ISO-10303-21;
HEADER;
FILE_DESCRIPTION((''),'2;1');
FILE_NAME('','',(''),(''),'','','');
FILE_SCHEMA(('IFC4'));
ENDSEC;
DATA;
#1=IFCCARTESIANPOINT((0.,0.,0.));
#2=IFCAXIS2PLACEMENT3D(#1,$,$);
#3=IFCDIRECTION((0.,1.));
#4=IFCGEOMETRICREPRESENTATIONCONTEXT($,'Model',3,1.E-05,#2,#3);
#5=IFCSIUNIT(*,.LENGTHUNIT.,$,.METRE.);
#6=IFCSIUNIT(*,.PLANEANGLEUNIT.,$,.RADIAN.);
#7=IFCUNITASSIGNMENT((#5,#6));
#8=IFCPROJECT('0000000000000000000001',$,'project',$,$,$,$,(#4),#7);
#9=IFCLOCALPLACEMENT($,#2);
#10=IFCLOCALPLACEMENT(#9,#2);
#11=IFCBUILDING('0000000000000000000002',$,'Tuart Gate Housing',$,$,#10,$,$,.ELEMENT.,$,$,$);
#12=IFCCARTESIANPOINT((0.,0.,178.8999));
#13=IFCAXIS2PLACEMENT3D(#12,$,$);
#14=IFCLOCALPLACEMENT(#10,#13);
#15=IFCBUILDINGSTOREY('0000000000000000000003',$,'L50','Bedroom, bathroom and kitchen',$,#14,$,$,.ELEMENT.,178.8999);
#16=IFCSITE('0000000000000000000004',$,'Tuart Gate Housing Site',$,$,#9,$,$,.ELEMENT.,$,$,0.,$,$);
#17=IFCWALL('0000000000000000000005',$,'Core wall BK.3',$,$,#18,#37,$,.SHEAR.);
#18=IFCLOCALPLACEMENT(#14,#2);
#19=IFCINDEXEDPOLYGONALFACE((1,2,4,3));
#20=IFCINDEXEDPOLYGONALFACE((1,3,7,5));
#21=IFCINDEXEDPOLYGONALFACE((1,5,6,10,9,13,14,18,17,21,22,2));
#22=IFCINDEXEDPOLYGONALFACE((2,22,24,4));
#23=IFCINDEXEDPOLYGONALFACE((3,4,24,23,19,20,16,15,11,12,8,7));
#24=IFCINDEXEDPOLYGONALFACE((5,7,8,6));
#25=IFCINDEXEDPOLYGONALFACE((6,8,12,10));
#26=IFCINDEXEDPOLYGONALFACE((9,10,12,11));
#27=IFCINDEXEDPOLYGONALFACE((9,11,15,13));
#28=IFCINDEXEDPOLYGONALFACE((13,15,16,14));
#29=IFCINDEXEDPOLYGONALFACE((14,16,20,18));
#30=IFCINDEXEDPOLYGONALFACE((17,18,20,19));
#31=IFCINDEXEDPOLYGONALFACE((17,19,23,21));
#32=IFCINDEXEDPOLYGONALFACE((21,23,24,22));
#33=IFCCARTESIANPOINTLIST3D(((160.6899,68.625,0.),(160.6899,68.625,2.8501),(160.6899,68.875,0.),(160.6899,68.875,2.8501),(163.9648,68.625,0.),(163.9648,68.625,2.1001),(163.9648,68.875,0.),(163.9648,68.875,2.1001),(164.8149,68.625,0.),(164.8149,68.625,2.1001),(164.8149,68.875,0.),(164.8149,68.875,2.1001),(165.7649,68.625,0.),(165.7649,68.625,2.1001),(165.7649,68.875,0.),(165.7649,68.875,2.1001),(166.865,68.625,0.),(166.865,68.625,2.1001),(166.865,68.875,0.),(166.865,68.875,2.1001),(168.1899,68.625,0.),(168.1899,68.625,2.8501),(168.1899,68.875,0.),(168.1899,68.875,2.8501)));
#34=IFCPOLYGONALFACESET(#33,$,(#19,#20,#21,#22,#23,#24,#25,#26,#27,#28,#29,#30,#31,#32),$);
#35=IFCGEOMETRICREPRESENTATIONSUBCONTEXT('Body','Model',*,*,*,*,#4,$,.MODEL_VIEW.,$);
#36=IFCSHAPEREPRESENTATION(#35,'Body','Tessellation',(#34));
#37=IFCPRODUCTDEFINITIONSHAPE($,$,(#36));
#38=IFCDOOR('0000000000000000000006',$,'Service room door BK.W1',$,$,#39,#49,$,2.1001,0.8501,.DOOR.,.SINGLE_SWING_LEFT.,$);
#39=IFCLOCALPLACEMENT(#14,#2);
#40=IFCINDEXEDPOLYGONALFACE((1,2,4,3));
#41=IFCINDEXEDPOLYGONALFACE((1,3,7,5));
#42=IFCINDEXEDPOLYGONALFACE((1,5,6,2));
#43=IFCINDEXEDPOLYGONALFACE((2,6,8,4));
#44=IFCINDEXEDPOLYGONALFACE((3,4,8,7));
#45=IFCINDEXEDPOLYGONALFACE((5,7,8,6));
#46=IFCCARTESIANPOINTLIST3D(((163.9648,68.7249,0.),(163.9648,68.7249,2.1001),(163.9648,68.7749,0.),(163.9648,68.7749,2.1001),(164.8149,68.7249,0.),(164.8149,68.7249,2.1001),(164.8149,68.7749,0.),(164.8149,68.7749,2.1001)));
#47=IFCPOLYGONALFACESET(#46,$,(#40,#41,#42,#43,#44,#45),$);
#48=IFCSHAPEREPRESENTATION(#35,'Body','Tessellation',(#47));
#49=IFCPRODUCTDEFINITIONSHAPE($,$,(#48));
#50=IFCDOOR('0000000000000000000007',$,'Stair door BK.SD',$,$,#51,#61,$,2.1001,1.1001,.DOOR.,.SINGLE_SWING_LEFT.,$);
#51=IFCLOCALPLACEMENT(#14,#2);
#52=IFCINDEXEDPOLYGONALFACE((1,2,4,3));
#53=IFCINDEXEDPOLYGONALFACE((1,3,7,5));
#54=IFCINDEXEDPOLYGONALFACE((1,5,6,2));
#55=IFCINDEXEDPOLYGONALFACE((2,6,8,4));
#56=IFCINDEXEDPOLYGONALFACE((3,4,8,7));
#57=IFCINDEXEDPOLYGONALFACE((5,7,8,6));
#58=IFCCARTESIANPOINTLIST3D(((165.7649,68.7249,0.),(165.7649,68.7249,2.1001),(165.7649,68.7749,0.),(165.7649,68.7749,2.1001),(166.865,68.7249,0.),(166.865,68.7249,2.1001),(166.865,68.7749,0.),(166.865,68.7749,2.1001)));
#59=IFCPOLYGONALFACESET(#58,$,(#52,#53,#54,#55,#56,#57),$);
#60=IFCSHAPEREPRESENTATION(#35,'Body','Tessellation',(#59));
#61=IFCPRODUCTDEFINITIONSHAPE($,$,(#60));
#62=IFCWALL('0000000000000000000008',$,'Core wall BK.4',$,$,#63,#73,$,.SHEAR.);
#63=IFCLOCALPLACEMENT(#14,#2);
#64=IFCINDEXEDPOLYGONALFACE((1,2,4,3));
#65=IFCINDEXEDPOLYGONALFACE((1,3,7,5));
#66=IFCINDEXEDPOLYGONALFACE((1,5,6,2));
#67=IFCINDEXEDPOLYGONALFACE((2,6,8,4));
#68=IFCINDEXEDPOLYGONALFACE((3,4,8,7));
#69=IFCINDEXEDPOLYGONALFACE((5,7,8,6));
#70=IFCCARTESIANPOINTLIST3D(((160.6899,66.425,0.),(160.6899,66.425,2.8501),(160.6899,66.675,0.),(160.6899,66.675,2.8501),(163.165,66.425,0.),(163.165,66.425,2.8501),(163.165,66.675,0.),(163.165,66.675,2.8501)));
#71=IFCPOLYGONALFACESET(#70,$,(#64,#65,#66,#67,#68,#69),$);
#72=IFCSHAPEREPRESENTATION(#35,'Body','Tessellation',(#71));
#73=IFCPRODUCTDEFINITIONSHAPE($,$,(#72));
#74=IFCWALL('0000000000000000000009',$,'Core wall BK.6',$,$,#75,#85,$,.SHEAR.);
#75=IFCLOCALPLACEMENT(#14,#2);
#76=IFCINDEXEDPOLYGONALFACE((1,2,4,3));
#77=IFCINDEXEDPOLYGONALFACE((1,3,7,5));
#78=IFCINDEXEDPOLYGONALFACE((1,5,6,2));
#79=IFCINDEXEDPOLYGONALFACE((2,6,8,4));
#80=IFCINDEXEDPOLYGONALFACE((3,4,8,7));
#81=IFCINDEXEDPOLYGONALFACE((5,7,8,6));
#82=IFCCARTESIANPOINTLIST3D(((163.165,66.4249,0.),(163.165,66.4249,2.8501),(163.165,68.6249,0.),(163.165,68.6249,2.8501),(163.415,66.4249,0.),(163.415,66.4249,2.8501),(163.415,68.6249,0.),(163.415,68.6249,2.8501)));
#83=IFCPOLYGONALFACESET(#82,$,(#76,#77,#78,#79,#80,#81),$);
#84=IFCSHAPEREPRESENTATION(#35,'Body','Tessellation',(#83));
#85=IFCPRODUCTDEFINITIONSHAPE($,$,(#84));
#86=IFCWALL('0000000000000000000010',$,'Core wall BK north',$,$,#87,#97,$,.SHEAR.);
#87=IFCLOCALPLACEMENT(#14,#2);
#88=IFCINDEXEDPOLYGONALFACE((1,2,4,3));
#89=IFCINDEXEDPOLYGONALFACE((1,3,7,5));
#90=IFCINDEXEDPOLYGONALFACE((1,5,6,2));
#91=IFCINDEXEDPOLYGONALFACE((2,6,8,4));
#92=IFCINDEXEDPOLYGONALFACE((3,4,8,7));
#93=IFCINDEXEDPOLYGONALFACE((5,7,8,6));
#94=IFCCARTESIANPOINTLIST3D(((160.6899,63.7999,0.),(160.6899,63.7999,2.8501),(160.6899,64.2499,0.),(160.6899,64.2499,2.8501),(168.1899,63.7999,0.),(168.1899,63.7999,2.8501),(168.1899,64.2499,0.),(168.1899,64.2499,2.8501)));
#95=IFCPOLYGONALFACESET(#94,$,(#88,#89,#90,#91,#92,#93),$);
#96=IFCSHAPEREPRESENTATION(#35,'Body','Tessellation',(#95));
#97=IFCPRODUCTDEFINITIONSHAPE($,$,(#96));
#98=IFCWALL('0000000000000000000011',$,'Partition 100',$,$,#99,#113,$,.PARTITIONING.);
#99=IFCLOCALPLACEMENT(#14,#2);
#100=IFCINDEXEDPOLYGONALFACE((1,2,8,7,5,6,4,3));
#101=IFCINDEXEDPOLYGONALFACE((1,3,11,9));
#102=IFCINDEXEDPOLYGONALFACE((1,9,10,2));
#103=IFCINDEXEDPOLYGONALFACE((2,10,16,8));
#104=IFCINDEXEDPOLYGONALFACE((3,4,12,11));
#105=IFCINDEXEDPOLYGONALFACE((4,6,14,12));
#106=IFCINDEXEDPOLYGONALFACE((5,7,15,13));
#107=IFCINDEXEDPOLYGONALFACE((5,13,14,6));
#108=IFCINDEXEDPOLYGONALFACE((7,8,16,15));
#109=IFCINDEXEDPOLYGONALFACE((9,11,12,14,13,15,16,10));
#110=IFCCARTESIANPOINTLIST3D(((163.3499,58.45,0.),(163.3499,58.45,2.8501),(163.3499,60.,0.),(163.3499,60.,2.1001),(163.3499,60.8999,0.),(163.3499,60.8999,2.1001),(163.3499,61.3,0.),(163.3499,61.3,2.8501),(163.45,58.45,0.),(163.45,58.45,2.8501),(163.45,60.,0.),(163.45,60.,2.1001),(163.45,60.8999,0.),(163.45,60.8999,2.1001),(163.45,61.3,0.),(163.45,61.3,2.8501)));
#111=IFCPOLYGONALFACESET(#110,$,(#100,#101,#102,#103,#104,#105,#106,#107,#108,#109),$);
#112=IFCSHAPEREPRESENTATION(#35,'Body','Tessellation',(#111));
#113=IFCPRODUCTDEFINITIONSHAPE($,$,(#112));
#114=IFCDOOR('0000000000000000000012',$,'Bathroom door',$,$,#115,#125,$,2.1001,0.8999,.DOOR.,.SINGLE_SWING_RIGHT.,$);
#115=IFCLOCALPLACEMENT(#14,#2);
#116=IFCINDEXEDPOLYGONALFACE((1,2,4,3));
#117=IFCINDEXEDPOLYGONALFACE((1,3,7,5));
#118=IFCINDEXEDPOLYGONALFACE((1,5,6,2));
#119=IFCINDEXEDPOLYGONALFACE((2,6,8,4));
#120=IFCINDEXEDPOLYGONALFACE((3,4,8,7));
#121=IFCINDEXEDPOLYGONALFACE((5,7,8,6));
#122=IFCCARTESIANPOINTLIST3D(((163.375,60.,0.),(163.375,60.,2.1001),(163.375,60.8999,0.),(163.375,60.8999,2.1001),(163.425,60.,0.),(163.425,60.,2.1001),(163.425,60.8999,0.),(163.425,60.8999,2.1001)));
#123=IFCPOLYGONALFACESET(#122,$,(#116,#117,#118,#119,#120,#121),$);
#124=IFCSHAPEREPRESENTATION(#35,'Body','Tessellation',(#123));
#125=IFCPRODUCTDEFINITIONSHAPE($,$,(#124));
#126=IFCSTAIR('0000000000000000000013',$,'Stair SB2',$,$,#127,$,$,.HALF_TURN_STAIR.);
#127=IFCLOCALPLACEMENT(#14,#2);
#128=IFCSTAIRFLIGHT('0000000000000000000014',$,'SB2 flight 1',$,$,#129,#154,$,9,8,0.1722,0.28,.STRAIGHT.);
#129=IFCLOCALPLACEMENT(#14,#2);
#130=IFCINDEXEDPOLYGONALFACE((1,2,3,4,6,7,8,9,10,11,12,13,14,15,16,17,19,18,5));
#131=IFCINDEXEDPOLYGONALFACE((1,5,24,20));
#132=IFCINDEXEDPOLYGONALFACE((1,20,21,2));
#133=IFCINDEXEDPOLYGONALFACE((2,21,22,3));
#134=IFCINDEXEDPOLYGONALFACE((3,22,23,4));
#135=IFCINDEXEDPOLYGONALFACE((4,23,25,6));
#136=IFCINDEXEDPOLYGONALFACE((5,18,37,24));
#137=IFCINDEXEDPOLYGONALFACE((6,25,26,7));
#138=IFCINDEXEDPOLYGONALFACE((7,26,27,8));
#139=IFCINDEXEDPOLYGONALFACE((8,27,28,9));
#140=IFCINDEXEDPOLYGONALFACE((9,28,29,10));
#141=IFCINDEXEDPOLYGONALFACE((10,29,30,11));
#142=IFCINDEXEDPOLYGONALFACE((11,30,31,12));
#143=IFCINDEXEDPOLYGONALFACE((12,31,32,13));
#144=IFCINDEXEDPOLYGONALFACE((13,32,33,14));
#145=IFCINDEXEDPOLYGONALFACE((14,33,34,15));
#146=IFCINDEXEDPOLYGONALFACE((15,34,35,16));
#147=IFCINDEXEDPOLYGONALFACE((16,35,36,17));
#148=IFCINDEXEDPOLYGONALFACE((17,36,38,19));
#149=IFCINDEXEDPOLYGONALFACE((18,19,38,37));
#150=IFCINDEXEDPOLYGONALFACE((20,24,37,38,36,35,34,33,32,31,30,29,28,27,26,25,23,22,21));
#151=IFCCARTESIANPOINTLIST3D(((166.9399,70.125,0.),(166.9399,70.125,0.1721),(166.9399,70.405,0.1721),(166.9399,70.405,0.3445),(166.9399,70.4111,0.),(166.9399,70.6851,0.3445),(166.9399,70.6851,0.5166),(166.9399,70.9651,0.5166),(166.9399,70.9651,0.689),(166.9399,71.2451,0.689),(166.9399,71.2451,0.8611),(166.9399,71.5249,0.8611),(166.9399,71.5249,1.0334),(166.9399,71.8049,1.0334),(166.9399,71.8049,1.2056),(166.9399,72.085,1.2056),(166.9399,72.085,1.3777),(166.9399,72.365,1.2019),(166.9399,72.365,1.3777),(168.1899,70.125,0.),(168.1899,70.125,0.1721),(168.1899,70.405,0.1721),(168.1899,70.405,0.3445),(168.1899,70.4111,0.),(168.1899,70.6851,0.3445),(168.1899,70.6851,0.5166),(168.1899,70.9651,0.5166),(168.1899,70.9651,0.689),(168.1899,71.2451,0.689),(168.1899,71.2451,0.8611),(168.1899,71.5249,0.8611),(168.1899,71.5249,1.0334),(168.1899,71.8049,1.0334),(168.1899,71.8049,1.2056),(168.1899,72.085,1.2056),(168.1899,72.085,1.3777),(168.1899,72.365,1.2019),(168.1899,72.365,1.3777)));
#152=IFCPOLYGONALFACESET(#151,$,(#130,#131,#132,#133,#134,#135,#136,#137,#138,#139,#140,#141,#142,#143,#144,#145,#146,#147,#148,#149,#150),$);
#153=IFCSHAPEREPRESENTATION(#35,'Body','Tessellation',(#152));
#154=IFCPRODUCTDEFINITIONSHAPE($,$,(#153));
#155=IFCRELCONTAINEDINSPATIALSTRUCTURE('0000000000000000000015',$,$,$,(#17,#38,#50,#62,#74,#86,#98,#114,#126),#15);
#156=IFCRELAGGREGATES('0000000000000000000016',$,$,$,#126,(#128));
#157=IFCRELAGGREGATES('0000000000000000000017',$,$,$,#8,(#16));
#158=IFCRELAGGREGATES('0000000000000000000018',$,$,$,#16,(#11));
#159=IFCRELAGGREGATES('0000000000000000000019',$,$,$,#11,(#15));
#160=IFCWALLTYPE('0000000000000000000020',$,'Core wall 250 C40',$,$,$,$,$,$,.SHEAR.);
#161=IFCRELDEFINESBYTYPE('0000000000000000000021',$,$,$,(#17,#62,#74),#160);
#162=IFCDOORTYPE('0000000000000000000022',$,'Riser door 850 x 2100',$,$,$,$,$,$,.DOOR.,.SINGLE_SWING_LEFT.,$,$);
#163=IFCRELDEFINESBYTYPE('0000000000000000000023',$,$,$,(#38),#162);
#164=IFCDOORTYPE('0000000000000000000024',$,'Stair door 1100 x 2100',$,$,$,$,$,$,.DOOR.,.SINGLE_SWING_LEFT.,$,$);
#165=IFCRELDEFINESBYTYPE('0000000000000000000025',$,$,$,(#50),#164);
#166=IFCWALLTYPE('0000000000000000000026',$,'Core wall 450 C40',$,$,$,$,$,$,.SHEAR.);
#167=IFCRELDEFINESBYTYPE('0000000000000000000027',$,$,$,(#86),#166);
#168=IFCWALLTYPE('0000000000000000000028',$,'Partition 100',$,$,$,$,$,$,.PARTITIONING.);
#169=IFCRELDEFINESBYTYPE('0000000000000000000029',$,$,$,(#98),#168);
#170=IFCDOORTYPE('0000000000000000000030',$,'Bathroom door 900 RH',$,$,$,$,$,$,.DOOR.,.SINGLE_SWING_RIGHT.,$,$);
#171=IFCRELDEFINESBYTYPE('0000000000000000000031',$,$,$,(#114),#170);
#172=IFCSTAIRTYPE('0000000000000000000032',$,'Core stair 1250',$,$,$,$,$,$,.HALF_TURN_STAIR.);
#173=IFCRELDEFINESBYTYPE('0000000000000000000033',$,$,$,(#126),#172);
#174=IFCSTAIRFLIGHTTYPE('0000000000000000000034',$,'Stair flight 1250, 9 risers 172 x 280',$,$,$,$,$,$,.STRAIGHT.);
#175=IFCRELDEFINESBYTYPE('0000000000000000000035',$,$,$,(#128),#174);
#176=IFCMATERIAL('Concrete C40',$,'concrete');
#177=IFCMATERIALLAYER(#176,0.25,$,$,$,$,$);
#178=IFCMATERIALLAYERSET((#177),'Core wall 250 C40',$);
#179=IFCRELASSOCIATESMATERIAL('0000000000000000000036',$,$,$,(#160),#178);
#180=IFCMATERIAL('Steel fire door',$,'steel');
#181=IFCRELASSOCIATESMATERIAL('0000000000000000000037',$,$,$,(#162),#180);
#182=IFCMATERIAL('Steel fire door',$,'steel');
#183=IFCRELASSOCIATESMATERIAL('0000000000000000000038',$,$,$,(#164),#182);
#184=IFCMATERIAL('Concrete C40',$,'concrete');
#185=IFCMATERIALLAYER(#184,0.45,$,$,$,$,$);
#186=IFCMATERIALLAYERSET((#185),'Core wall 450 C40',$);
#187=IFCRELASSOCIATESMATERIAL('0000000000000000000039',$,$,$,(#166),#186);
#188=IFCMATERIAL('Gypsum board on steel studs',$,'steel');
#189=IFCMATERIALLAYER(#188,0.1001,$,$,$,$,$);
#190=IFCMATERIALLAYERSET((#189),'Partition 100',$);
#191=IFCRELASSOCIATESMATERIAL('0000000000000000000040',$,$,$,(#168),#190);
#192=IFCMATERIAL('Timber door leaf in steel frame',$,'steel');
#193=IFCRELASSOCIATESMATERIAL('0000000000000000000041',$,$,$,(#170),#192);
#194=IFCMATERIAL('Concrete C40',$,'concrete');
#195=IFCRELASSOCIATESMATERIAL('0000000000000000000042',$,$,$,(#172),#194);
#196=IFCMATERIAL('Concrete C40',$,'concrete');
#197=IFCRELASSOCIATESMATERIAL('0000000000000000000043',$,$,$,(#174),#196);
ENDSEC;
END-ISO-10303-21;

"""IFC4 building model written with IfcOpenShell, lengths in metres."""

from ifc_helpers import new_model, si_unit, direction, frame, frame_2d, origin, place, context, subcontext, project, spatial, polyline, rectangle, outline, extrude, material, layer, layer_set, type_object, element, fill, aggregate, save


model = new_model("IFC4")

# Units and contexts
model_context = context("Model", 3, precision=1e-05, world=origin(), true_north=direction((0.0, 1.0)))
body_context = subcontext(model_context, "Body", "Model", "MODEL_VIEW")
ifc_project = project(units=[si_unit("LENGTHUNIT", "METRE"), si_unit("PLANEANGLEUNIT", "RADIAN")], contexts=[model_context])

# Site, building, storey
site_placement = place(None, origin())
site = spatial("IfcSite", under=ifc_project, at=site_placement, Name="Tuart Gate Housing Site", CompositionType="ELEMENT", RefElevation=0.0)
building_placement = place(site_placement, origin())
building = spatial("IfcBuilding", under=site, at=building_placement, Name="Tuart Gate Housing", CompositionType="ELEMENT")
storey_placement = place(building_placement, frame((0.0, 0.0, 178.8999)))
storey = spatial("IfcBuildingStorey", under=building, at=storey_placement, Name="L50", Description="Bedroom, bathroom and kitchen", CompositionType="ELEMENT", Elevation=178.8999)

# Wall, openings, doors
ifc_material_1 = material(Name="Concrete C40", Category="concrete")
ifc_layer_1 = layer(ifc_material_1, 0.25)
ifc_layer_set_1 = layer_set([ifc_layer_1], Name="Core wall 250 C40")
wall_type_1 = type_object("IfcWallType", Name="Core wall 250 C40", PredefinedType="SHEAR", material=ifc_layer_set_1)
wall_1_placement = place(storey_placement, frame((160.6899, 68.75, 0.0), z_axis=(0.0, 0.0, 1.0), x_axis=(1.0, 0.0, 0.0)))
wall_1 = element("IfcWall", 1, at=wall_1_placement, inside=storey, type_object=wall_type_1, Name="Core wall BK.3", PredefinedType="SHEAR", context=body_context, shape_type="SweptSolid", body=[
    extrude(rectangle(XDim=7.5, YDim=0.25, at=frame_2d((3.75, 0.0))), origin(), (0.0, 0.0, 1.0), 2.8501),
])
opening_1_placement = place(wall_1_placement, frame((5.075, 0.0, 0.0)))
opening_1 = element("IfcOpeningElement", 2, at=opening_1_placement, cuts=wall_1, PredefinedType="OPENING", context=body_context, shape_type="SweptSolid", body=[
    extrude(rectangle(XDim=1.1001, YDim=2.1001, at=frame_2d((0.55, 1.05))), frame((0.0, 0.135, 0.0), z_axis=(0.0, -1.0, 0.0), x_axis=(1.0, 0.0, 0.0)), (0.0, 0.0, 1.0), 0.27),
])
opening_2_placement = place(wall_1_placement, frame((3.2749, 0.0, 0.0)))
opening_2 = element("IfcOpeningElement", 3, at=opening_2_placement, cuts=wall_1, PredefinedType="OPENING", context=body_context, shape_type="SweptSolid", body=[
    extrude(rectangle(XDim=0.8501, YDim=2.1001, at=frame_2d((0.425, 1.05))), frame((0.0, 0.135, 0.0), z_axis=(0.0, -1.0, 0.0), x_axis=(1.0, 0.0, 0.0)), (0.0, 0.0, 1.0), 0.27),
])
ifc_material_2 = material(Name="Steel fire door", Category="steel")
door_type_1 = type_object("IfcDoorType", Name="Riser door 850 x 2100", OperationType="SINGLE_SWING_LEFT", PredefinedType="DOOR", material=ifc_material_2)
door_1_placement = place(opening_2_placement, origin())
door_1 = element("IfcDoor", 4, at=door_1_placement, inside=storey, type_object=door_type_1, Name="Service room door BK.W1", OperationType="SINGLE_SWING_LEFT", OverallHeight=2.1001, OverallWidth=0.8501, PredefinedType="DOOR", context=body_context, shape_type="SweptSolid", body=[
    extrude(rectangle(XDim=0.8501, YDim=2.1001, at=frame_2d((0.425, 1.05))), frame((0.0, 0.0249, 0.0), z_axis=(0.0, -1.0, 0.0), x_axis=(1.0, 0.0, 0.0)), (0.0, 0.0, 1.0), 0.05),
])
fill(opening_2, door_1)
ifc_material_3 = material(Name="Steel fire door", Category="steel")
door_type_2 = type_object("IfcDoorType", Name="Stair door 1100 x 2100", OperationType="SINGLE_SWING_LEFT", PredefinedType="DOOR", material=ifc_material_3)
door_2_placement = place(opening_1_placement, origin())
door_2 = element("IfcDoor", 5, at=door_2_placement, inside=storey, type_object=door_type_2, Name="Stair door BK.SD", OperationType="SINGLE_SWING_LEFT", OverallHeight=2.1001, OverallWidth=1.1001, PredefinedType="DOOR", context=body_context, shape_type="SweptSolid", body=[
    extrude(rectangle(XDim=1.1001, YDim=2.1001, at=frame_2d((0.55, 1.05))), frame((0.0, 0.0249, 0.0), z_axis=(0.0, -1.0, 0.0), x_axis=(1.0, 0.0, 0.0)), (0.0, 0.0, 1.0), 0.05),
])
fill(opening_1, door_2)

# Walls
wall_2_placement = place(storey_placement, frame((160.6899, 66.55, 0.0), z_axis=(0.0, 0.0, 1.0), x_axis=(1.0, 0.0, 0.0)))
element("IfcWall", 6, at=wall_2_placement, inside=storey, type_object=wall_type_1, Name="Core wall BK.4", PredefinedType="SHEAR", context=body_context, shape_type="SweptSolid", body=[
    extrude(rectangle(XDim=2.4751, YDim=0.25, at=frame_2d((1.2375, 0.0))), origin(), (0.0, 0.0, 1.0), 2.8501),
])
wall_3_placement = place(storey_placement, frame((163.29, 68.625, 0.0), z_axis=(0.0, 0.0, 1.0), x_axis=(0.0, -1.0, 0.0)))
element("IfcWall", 7, at=wall_3_placement, inside=storey, type_object=wall_type_1, Name="Core wall BK.6", PredefinedType="SHEAR", context=body_context, shape_type="SweptSolid", body=[
    extrude(rectangle(XDim=2.2, YDim=0.25, at=frame_2d((1.1001, 0.0))), origin(), (0.0, 0.0, 1.0), 2.8501),
])
ifc_material_4 = material(Name="Concrete C40", Category="concrete")
ifc_layer_2 = layer(ifc_material_4, 0.45)
ifc_layer_set_2 = layer_set([ifc_layer_2], Name="Core wall 450 C40")
wall_type_2 = type_object("IfcWallType", Name="Core wall 450 C40", PredefinedType="SHEAR", material=ifc_layer_set_2)
wall_4_placement = place(storey_placement, frame((160.6899, 64.0249, 0.0), z_axis=(0.0, 0.0, 1.0), x_axis=(1.0, 0.0, 0.0)))
element("IfcWall", 8, at=wall_4_placement, inside=storey, type_object=wall_type_2, Name="Core wall BK north", PredefinedType="SHEAR", context=body_context, shape_type="SweptSolid", body=[
    extrude(rectangle(XDim=7.5, YDim=0.45, at=frame_2d((3.75, 0.0))), origin(), (0.0, 0.0, 1.0), 2.8501),
])

# Wall, opening, door
ifc_material_5 = material(Name="Gypsum board on steel studs", Category="steel")
ifc_layer_3 = layer(ifc_material_5, 0.1001)
ifc_layer_set_3 = layer_set([ifc_layer_3], Name="Partition 100")
wall_type_3 = type_object("IfcWallType", Name="Partition 100", PredefinedType="PARTITIONING", material=ifc_layer_set_3)
wall_5_placement = place(storey_placement, frame((163.3999, 58.45, 0.0), z_axis=(0.0, 0.0, 1.0), x_axis=(0.0, 1.0, 0.0)))
wall_5 = element("IfcWall", 9, at=wall_5_placement, inside=storey, type_object=wall_type_3, Name="Partition 100", PredefinedType="PARTITIONING", context=body_context, shape_type="SweptSolid", body=[
    extrude(rectangle(XDim=2.8501, YDim=0.1001, at=frame_2d((1.425, 0.0))), origin(), (0.0, 0.0, 1.0), 2.8501),
])
opening_3_placement = place(wall_5_placement, frame((1.55, 0.0, 0.0)))
opening_3 = element("IfcOpeningElement", 10, at=opening_3_placement, cuts=wall_5, PredefinedType="OPENING", context=body_context, shape_type="SweptSolid", body=[
    extrude(rectangle(XDim=0.8999, YDim=2.1001, at=frame_2d((0.45, 1.05))), frame((0.0, 0.0601, 0.0), z_axis=(0.0, -1.0, 0.0), x_axis=(1.0, 0.0, 0.0)), (0.0, 0.0, 1.0), 0.1201),
])
ifc_material_6 = material(Name="Timber door leaf in steel frame", Category="steel")
door_type_3 = type_object("IfcDoorType", Name="Bathroom door 900 RH", OperationType="SINGLE_SWING_RIGHT", PredefinedType="DOOR", material=ifc_material_6)
door_3_placement = place(opening_3_placement, origin())
door_3 = element("IfcDoor", 11, at=door_3_placement, inside=storey, type_object=door_type_3, Name="Bathroom door", OperationType="SINGLE_SWING_RIGHT", OverallHeight=2.1001, OverallWidth=0.8999, PredefinedType="DOOR", context=body_context, shape_type="SweptSolid", body=[
    extrude(rectangle(XDim=0.8999, YDim=2.1001, at=frame_2d((0.45, 1.05))), frame((0.0, 0.0249, 0.0), z_axis=(0.0, -1.0, 0.0), x_axis=(1.0, 0.0, 0.0)), (0.0, 0.0, 1.0), 0.05),
])
fill(opening_3, door_3)

# Stair, stair flight
ifc_material_7 = material(Name="Concrete C40", Category="concrete")
stair_type = type_object("IfcStairType", Name="Core stair 1250", PredefinedType="HALF_TURN_STAIR", material=ifc_material_7)
stair_placement = place(storey_placement, origin())
stair = element("IfcStair", 12, at=stair_placement, inside=storey, type_object=stair_type, Name="Stair SB2", PredefinedType="HALF_TURN_STAIR")
ifc_material_8 = material(Name="Concrete C40", Category="concrete")
stair_flight_type = type_object("IfcStairFlightType", Name="Stair flight 1250, 9 risers 172 x 280", PredefinedType="STRAIGHT", material=ifc_material_8)
stair_flight_placement = place(storey_placement, frame((167.5649, 70.125, 0.0), z_axis=(0.0, 0.0, 1.0), x_axis=(0.0, 1.0, 0.0)))
stair_flight = element("IfcStairFlight", 13, at=stair_flight_placement, type_object=stair_flight_type, Name="SB2 flight 1", NumberOfRisers=9, NumberOfTreads=8, PredefinedType="STRAIGHT", RiserHeight=0.1722, TreadLength=0.28, context=body_context, shape_type="SweptSolid", body=[
    extrude(outline(polyline([(0.0, 0.0), (0.0, 0.1721), (0.28, 0.1721), (0.28, 0.3445), (0.5601, 0.3445), (0.5601, 0.5166), (0.8401, 0.5166), (0.8401, 0.689), (1.1201, 0.689), (1.1201, 0.8611), (1.3999, 0.8611), (1.3999, 1.0334), (1.6799, 1.0334), (1.6799, 1.2056), (1.96, 1.2056), (1.96, 1.3777), (2.24, 1.3777), (2.24, 1.55), (2.24, 1.2019), (0.2861, 0.0), (0.0, 0.0)])), frame((0.0, 0.625, 0.0), z_axis=(0.0, -1.0, 0.0), x_axis=(1.0, 0.0, 0.0)), (0.0, 0.0, 1.0), 1.25),
])
aggregate(stair, [stair_flight])

save(model, "model.ifc")
